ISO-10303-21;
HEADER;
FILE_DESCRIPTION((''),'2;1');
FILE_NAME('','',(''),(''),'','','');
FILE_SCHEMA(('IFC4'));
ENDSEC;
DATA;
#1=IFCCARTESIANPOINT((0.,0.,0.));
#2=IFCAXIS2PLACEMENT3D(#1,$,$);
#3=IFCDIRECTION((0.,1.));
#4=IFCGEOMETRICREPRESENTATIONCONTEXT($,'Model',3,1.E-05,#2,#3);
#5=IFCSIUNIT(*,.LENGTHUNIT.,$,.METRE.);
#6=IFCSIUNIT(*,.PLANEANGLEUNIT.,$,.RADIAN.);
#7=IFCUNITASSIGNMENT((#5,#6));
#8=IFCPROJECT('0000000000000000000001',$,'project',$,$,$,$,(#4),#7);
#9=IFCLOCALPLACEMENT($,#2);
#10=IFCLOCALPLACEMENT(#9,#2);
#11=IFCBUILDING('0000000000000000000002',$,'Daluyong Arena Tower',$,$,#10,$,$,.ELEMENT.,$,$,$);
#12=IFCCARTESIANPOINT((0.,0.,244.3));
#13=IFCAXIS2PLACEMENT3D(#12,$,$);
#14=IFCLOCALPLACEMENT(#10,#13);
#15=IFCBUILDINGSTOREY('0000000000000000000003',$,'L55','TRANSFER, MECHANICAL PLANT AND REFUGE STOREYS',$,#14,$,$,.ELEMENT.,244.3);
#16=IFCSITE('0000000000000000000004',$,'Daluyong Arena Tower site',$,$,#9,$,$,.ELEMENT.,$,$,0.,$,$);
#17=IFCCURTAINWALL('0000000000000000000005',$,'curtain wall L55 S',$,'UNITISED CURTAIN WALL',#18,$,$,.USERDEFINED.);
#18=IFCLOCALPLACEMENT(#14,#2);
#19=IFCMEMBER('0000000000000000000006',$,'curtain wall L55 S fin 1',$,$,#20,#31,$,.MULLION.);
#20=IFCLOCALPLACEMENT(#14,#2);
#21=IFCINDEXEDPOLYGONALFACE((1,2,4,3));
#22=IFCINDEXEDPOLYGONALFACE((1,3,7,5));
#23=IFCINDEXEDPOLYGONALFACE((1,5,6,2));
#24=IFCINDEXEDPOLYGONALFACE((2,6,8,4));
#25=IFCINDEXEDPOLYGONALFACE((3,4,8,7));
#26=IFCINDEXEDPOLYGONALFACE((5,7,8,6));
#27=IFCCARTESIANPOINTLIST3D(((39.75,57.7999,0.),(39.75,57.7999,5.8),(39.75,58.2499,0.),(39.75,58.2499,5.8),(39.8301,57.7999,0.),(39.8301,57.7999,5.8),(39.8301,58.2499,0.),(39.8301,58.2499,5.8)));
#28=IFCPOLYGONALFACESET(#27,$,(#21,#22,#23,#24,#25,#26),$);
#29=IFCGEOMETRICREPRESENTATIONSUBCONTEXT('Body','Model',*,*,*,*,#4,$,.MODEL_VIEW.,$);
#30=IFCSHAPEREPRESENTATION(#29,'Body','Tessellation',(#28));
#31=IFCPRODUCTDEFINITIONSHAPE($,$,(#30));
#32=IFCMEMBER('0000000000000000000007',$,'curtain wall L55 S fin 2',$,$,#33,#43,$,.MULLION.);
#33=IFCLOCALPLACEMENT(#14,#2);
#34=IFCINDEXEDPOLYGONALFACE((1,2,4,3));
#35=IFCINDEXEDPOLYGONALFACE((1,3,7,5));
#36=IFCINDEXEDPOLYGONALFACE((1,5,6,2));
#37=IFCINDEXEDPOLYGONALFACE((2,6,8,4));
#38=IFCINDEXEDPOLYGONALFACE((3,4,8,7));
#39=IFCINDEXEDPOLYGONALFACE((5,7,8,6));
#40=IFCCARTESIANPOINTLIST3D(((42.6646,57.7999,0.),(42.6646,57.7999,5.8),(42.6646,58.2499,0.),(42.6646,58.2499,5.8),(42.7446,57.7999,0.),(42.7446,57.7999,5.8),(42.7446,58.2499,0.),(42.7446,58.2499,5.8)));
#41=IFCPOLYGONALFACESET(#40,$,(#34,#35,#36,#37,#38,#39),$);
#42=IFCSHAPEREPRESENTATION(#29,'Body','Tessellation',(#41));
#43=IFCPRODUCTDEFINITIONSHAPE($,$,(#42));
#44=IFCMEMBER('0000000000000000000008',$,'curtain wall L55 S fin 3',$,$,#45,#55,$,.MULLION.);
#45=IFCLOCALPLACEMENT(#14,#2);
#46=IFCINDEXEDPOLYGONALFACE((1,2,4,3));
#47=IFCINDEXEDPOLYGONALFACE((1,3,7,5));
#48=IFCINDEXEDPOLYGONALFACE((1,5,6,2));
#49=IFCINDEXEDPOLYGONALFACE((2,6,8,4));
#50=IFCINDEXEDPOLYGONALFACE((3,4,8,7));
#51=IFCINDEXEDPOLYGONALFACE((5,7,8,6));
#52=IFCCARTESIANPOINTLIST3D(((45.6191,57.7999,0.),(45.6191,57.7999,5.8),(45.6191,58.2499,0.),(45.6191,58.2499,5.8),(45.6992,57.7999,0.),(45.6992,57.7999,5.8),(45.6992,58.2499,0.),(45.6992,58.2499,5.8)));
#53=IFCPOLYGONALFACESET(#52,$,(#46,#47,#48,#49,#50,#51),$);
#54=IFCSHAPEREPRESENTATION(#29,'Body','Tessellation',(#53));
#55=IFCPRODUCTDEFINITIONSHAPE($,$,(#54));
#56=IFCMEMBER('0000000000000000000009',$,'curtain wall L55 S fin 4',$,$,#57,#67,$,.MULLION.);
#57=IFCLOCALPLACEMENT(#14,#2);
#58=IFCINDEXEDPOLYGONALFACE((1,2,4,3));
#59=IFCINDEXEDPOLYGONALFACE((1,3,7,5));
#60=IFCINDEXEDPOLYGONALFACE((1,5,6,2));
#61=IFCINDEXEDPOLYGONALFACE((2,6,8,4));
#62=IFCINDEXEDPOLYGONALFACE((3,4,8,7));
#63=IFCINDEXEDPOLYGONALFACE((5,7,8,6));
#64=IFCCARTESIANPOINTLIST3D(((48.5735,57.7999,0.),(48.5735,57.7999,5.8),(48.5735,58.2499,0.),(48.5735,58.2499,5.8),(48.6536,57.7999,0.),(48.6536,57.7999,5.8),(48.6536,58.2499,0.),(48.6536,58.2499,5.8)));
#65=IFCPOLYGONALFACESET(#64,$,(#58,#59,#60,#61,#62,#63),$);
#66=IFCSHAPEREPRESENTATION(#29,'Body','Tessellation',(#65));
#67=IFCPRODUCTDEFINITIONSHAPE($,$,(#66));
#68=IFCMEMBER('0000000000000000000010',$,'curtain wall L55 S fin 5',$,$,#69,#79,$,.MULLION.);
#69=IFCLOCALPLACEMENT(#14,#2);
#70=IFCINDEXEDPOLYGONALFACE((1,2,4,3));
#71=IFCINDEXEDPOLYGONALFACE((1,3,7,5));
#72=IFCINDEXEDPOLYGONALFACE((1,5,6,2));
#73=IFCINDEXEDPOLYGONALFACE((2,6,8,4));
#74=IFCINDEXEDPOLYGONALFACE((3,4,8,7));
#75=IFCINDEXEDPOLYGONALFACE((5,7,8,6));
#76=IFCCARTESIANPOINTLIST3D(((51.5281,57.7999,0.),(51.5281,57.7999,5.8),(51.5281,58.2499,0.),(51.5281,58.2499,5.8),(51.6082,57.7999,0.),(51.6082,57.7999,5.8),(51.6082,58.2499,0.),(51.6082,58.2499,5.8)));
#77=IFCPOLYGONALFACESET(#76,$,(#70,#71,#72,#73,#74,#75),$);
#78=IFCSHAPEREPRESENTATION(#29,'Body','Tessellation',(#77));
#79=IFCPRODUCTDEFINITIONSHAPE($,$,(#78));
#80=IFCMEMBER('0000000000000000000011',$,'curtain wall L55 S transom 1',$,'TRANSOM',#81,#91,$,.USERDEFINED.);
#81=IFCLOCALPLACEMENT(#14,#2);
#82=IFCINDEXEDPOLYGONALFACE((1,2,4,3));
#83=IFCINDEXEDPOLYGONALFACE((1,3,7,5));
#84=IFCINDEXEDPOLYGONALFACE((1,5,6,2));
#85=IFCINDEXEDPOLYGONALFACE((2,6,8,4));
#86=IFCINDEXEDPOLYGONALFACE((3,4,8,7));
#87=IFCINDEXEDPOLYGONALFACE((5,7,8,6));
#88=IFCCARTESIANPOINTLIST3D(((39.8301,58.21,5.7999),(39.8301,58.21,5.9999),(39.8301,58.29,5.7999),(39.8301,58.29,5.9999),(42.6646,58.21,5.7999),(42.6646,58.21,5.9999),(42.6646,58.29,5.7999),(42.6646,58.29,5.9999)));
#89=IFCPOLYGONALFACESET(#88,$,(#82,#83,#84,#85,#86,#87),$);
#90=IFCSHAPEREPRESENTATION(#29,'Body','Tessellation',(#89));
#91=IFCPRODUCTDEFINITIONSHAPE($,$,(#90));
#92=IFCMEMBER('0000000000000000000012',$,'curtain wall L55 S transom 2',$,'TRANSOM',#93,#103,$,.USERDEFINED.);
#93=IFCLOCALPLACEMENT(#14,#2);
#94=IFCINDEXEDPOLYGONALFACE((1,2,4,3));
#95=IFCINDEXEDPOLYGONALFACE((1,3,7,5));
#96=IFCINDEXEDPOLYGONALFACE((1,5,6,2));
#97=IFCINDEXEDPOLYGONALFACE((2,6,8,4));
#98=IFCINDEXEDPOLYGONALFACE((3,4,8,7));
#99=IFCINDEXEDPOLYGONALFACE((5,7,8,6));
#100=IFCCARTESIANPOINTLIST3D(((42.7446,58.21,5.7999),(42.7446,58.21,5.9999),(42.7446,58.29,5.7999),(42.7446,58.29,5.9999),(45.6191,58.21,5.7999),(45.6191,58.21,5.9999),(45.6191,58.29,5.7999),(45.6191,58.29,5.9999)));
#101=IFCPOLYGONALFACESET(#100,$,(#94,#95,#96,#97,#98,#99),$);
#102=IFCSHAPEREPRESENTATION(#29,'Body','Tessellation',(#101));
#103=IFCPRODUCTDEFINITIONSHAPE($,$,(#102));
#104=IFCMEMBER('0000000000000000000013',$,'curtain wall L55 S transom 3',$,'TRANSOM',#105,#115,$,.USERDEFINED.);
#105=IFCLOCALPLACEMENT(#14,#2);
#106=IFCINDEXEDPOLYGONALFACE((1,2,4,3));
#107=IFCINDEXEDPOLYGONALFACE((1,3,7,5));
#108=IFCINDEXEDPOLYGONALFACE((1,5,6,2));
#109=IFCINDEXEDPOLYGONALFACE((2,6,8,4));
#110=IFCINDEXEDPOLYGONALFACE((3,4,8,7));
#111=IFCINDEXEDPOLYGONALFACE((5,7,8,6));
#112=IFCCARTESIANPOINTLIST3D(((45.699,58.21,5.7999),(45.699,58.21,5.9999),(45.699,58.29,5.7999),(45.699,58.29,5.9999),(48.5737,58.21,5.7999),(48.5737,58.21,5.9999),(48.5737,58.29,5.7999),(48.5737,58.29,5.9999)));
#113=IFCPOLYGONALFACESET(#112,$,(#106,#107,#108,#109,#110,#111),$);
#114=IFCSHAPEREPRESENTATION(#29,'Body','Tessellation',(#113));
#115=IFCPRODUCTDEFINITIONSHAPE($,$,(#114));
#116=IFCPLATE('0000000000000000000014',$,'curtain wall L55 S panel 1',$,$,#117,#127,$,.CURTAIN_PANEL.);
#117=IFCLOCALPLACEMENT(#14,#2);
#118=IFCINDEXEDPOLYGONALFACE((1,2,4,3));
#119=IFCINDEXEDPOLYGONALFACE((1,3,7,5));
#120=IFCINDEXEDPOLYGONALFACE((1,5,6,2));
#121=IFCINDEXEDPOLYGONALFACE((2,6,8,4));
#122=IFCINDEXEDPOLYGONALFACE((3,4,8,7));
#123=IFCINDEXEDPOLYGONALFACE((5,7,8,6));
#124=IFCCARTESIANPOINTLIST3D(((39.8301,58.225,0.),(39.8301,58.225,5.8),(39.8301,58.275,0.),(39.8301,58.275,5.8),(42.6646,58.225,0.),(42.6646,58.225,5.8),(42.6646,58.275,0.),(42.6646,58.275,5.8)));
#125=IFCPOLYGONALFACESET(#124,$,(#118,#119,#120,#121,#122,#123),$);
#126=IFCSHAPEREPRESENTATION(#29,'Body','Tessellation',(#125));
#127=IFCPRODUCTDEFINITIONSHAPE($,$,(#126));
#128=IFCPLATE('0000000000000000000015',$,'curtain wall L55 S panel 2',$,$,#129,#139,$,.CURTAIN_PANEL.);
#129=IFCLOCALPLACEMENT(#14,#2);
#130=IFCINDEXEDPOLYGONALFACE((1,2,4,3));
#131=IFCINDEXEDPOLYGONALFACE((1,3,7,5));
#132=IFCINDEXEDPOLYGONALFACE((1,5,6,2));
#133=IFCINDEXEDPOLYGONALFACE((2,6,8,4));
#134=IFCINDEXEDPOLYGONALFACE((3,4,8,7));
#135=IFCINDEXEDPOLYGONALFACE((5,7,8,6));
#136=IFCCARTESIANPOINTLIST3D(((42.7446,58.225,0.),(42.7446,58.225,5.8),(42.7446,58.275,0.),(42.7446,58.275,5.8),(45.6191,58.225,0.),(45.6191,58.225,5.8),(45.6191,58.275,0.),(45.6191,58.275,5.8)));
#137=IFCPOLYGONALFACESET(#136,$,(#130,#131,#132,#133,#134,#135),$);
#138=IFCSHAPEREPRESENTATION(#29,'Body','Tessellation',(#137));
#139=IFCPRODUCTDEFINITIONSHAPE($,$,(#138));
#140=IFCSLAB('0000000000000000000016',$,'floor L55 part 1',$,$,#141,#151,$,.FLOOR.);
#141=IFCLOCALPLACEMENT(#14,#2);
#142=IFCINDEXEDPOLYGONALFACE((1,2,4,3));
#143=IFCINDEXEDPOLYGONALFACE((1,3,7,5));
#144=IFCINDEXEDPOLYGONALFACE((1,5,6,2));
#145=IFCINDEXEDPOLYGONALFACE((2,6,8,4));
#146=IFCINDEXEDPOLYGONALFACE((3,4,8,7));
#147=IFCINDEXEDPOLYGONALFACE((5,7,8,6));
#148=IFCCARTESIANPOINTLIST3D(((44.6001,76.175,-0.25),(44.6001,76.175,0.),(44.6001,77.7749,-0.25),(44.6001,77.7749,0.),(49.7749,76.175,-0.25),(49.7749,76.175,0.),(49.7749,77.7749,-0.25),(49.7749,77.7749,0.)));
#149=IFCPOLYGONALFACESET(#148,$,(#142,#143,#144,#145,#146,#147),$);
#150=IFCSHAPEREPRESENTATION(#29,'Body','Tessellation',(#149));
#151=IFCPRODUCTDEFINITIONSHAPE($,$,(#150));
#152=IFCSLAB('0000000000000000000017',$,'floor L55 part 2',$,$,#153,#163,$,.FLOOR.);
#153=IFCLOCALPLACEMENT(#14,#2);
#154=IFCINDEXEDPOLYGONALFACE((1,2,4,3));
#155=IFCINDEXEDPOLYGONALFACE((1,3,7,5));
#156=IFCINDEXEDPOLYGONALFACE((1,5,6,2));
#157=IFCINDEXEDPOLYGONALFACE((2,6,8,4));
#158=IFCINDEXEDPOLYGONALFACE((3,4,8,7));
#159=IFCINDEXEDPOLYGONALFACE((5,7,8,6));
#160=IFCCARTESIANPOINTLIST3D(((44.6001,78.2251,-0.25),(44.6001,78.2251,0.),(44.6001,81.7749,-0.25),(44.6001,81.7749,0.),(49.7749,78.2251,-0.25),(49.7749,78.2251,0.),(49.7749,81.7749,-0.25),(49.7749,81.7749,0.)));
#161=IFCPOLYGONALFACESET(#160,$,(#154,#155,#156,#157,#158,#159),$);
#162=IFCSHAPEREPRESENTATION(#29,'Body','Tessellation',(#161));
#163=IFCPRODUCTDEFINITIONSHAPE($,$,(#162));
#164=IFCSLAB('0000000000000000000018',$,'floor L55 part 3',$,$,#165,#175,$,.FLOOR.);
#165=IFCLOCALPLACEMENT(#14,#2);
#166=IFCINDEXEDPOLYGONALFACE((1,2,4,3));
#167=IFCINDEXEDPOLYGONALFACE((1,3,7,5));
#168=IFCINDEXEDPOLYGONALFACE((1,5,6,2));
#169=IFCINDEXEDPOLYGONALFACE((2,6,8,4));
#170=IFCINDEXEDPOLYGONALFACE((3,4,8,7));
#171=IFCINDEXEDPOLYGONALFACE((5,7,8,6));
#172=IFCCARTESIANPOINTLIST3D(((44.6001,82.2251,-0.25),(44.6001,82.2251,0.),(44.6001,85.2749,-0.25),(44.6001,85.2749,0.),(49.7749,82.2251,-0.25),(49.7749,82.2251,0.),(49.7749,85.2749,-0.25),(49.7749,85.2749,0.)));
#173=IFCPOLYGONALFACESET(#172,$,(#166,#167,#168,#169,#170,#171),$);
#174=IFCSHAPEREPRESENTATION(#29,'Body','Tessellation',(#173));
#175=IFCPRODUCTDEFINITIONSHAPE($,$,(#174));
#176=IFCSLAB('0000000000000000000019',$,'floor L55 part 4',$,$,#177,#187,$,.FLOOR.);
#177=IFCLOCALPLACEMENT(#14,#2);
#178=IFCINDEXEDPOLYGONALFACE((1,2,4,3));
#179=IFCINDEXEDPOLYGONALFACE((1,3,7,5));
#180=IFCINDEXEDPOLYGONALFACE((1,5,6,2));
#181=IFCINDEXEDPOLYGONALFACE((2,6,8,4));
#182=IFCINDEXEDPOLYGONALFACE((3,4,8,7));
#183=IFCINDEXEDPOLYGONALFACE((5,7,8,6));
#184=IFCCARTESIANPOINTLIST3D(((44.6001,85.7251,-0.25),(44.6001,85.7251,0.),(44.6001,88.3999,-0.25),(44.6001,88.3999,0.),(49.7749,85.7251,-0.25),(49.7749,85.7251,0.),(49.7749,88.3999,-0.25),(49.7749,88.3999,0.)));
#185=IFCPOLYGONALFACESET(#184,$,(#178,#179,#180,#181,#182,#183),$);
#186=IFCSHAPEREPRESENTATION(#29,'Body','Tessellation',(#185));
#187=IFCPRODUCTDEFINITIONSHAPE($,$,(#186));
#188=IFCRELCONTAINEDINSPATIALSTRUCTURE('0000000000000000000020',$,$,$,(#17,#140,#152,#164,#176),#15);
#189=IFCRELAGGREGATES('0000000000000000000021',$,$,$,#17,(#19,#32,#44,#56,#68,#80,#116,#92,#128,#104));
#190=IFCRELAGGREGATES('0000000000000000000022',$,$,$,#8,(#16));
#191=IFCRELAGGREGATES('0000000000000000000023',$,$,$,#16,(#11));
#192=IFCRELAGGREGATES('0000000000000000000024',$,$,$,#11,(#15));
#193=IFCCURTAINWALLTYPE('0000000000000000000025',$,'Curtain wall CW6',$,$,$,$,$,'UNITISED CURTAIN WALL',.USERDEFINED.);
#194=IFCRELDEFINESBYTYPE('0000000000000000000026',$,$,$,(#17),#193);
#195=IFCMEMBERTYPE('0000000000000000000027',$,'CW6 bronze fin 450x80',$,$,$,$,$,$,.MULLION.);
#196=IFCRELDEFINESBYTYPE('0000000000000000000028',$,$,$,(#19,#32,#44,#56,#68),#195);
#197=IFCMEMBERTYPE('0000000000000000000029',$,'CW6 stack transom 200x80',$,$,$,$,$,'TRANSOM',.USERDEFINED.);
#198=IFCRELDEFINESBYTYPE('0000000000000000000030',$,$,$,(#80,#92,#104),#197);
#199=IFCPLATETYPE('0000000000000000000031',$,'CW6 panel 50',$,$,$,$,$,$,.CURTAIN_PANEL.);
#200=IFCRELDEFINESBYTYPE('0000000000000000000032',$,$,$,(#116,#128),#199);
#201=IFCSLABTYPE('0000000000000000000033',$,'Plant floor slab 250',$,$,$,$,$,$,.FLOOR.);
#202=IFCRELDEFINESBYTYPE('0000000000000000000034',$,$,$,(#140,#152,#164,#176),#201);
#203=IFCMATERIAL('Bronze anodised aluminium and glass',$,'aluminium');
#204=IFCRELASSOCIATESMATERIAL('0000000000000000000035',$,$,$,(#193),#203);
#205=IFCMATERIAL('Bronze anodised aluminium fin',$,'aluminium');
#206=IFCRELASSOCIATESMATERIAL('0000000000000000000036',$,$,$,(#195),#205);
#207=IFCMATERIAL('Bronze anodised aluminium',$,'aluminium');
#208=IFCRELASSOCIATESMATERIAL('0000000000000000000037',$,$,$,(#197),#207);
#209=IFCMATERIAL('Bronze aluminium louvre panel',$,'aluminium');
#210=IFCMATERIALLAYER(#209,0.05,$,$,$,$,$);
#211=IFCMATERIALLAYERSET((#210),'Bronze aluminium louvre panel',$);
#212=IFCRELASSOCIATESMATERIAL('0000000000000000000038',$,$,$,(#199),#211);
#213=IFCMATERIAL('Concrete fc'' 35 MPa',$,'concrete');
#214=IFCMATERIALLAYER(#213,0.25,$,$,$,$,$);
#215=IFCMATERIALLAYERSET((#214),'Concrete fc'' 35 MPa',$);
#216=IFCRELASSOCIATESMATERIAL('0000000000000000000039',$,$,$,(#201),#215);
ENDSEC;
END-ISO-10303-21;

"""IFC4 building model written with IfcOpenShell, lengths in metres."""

from ifc_helpers import new_model, si_unit, direction, frame, origin, origin_2d, place, context, subcontext, project, spatial, polyline, rectangle, outline, extrude, material, layer, layer_set, material_profile, profile_set, type_object, element, aggregate, save


model = new_model("IFC4")

# Units and contexts
model_context = context("Model", 3, precision=1e-05, world=origin(), true_north=direction((0.0, 1.0)))
body_context = subcontext(model_context, "Body", "Model", "MODEL_VIEW")
ifc_project = project(units=[si_unit("LENGTHUNIT", "METRE"), si_unit("PLANEANGLEUNIT", "RADIAN")], contexts=[model_context])

# Site, building, storey
site_placement = place(None, origin())
site = spatial("IfcSite", under=ifc_project, at=site_placement, Name="Daluyong Arena Tower site", CompositionType="ELEMENT", RefElevation=0.0)
building_placement = place(site_placement, origin())
building = spatial("IfcBuilding", under=site, at=building_placement, Name="Daluyong Arena Tower", CompositionType="ELEMENT")
storey_placement = place(building_placement, frame((0.0, 0.0, 244.3)))
storey = spatial("IfcBuildingStorey", under=building, at=storey_placement, Name="L55", Description="TRANSFER, MECHANICAL PLANT AND REFUGE STOREYS", CompositionType="ELEMENT", Elevation=244.3)

# Curtain wall, members, plates
ifc_material_1 = material(Name="Bronze anodised aluminium and glass", Category="aluminium")
curtain_wall_type = type_object("IfcCurtainWallType", Name="Curtain wall CW6", ElementType="UNITISED CURTAIN WALL", PredefinedType="USERDEFINED", material=ifc_material_1)
curtain_wall_placement = place(storey_placement, origin())
curtain_wall = element("IfcCurtainWall", 1, at=curtain_wall_placement, inside=storey, type_object=curtain_wall_type, Name="curtain wall L55 S", ObjectType="UNITISED CURTAIN WALL", PredefinedType="USERDEFINED")
ifc_material_2 = material(Name="Bronze anodised aluminium fin", Category="aluminium")
ifc_material_profile_1 = material_profile(ifc_material_2, rectangle(XDim=0.45, YDim=0.0801, at=origin_2d()))
ifc_profile_set_1 = profile_set([ifc_material_profile_1], Name="Bronze anodised aluminium fin")
member_type_1 = type_object("IfcMemberType", Name="CW6 bronze fin 450x80", PredefinedType="MULLION", material=ifc_profile_set_1)
member_1_placement = place(storey_placement, frame((39.79, 58.0249, 0.0), z_axis=(0.0, 0.0, 1.0), x_axis=(0.0, 1.0, 0.0)))
member_1 = element("IfcMember", 2, at=member_1_placement, type_object=member_type_1, Name="curtain wall L55 S fin 1", PredefinedType="MULLION", context=body_context, shape_type="SweptSolid", body=[
    extrude(rectangle(XDim=0.45, YDim=0.0801, at=origin_2d()), origin(), (0.0, 0.0, 1.0), 5.8),
])
member_2_placement = place(storey_placement, frame((42.7046, 58.0249, 0.0), z_axis=(0.0, 0.0, 1.0), x_axis=(0.0, 1.0, 0.0)))
member_2 = element("IfcMember", 3, at=member_2_placement, type_object=member_type_1, Name="curtain wall L55 S fin 2", PredefinedType="MULLION", context=body_context, shape_type="SweptSolid", body=[
    extrude(rectangle(XDim=0.45, YDim=0.0801, at=origin_2d()), origin(), (0.0, 0.0, 1.0), 5.8),
])
member_3_placement = place(storey_placement, frame((45.6592, 58.0249, 0.0), z_axis=(0.0, 0.0, 1.0), x_axis=(0.0, 1.0, 0.0)))
member_3 = element("IfcMember", 4, at=member_3_placement, type_object=member_type_1, Name="curtain wall L55 S fin 3", PredefinedType="MULLION", context=body_context, shape_type="SweptSolid", body=[
    extrude(rectangle(XDim=0.45, YDim=0.0801, at=origin_2d()), origin(), (0.0, 0.0, 1.0), 5.8),
])
member_4_placement = place(storey_placement, frame((48.6135, 58.0249, 0.0), z_axis=(0.0, 0.0, 1.0), x_axis=(0.0, 1.0, 0.0)))
member_4 = element("IfcMember", 5, at=member_4_placement, type_object=member_type_1, Name="curtain wall L55 S fin 4", PredefinedType="MULLION", context=body_context, shape_type="SweptSolid", body=[
    extrude(rectangle(XDim=0.45, YDim=0.0801, at=origin_2d()), origin(), (0.0, 0.0, 1.0), 5.8),
])
member_5_placement = place(storey_placement, frame((51.5681, 58.0249, 0.0), z_axis=(0.0, 0.0, 1.0), x_axis=(0.0, 1.0, 0.0)))
member_5 = element("IfcMember", 6, at=member_5_placement, type_object=member_type_1, Name="curtain wall L55 S fin 5", PredefinedType="MULLION", context=body_context, shape_type="SweptSolid", body=[
    extrude(rectangle(XDim=0.45, YDim=0.0801, at=origin_2d()), origin(), (0.0, 0.0, 1.0), 5.8),
])
ifc_material_3 = material(Name="Bronze anodised aluminium", Category="aluminium")
ifc_material_profile_2 = material_profile(ifc_material_3, rectangle(XDim=0.0801, YDim=0.2, at=origin_2d()))
ifc_profile_set_2 = profile_set([ifc_material_profile_2], Name="Bronze anodised aluminium")
member_type_2 = type_object("IfcMemberType", Name="CW6 stack transom 200x80", ElementType="TRANSOM", PredefinedType="USERDEFINED", material=ifc_profile_set_2)
member_6_placement = place(storey_placement, frame((39.8301, 58.25, 5.8999), z_axis=(1.0, 0.0, 0.0), x_axis=(0.0, 1.0, 0.0)))
member_6 = element("IfcMember", 7, at=member_6_placement, type_object=member_type_2, Name="curtain wall L55 S transom 1", ObjectType="TRANSOM", PredefinedType="USERDEFINED", context=body_context, shape_type="SweptSolid", body=[
    extrude(rectangle(XDim=0.0801, YDim=0.2, at=origin_2d()), origin(), (0.0, 0.0, 1.0), 2.8345),
])
member_7_placement = place(storey_placement, frame((42.7446, 58.25, 5.8999), z_axis=(1.0, 0.0, 0.0), x_axis=(0.0, 1.0, 0.0)))
member_7 = element("IfcMember", 8, at=member_7_placement, type_object=member_type_2, Name="curtain wall L55 S transom 2", ObjectType="TRANSOM", PredefinedType="USERDEFINED", context=body_context, shape_type="SweptSolid", body=[
    extrude(rectangle(XDim=0.0801, YDim=0.2, at=origin_2d()), origin(), (0.0, 0.0, 1.0), 2.8745),
])
member_8_placement = place(storey_placement, frame((45.699, 58.25, 5.8999), z_axis=(1.0, 0.0, 0.0), x_axis=(0.0, 1.0, 0.0)))
member_8 = element("IfcMember", 9, at=member_8_placement, type_object=member_type_2, Name="curtain wall L55 S transom 3", ObjectType="TRANSOM", PredefinedType="USERDEFINED", context=body_context, shape_type="SweptSolid", body=[
    extrude(rectangle(XDim=0.0801, YDim=0.2, at=origin_2d()), origin(), (0.0, 0.0, 1.0), 2.8748),
])
ifc_material_4 = material(Name="Bronze aluminium louvre panel", Category="aluminium")
ifc_layer_1 = layer(ifc_material_4, 0.05)
ifc_layer_set_1 = layer_set([ifc_layer_1], Name="Bronze aluminium louvre panel")
plate_type = type_object("IfcPlateType", Name="CW6 panel 50", PredefinedType="CURTAIN_PANEL", material=ifc_layer_set_1)
plate_1_placement = place(storey_placement, frame((41.2473, 58.25, 0.0), z_axis=(0.0, 0.0, 1.0), x_axis=(1.0, 0.0, 0.0)))
plate_1 = element("IfcPlate", 10, at=plate_1_placement, type_object=plate_type, Name="curtain wall L55 S panel 1", PredefinedType="CURTAIN_PANEL", context=body_context, shape_type="SweptSolid", body=[
    extrude(rectangle(XDim=2.8345, YDim=0.05, at=origin_2d()), origin(), (0.0, 0.0, 1.0), 5.8),
])
plate_2_placement = place(storey_placement, frame((44.1819, 58.25, 0.0), z_axis=(0.0, 0.0, 1.0), x_axis=(1.0, 0.0, 0.0)))
plate_2 = element("IfcPlate", 11, at=plate_2_placement, type_object=plate_type, Name="curtain wall L55 S panel 2", PredefinedType="CURTAIN_PANEL", context=body_context, shape_type="SweptSolid", body=[
    extrude(rectangle(XDim=2.8745, YDim=0.05, at=origin_2d()), origin(), (0.0, 0.0, 1.0), 5.8),
])
aggregate(curtain_wall, [member_1, member_2, member_3, member_4, member_5, member_6, plate_1, member_7, plate_2, member_8])

# Slabs
ifc_material_5 = material(Name="Concrete fc' 35 MPa", Category="concrete")
ifc_layer_2 = layer(ifc_material_5, 0.25)
ifc_layer_set_2 = layer_set([ifc_layer_2], Name="Concrete fc' 35 MPa")
slab_type_1 = type_object("IfcSlabType", Name="Plant floor slab 250", PredefinedType="FLOOR", material=ifc_layer_set_2)
slab_1_placement = place(storey_placement, frame((0.0, 0.0, -0.25)))
element("IfcSlab", 12, at=slab_1_placement, inside=storey, type_object=slab_type_1, Name="floor L55 part 1", PredefinedType="FLOOR", context=body_context, shape_type="SweptSolid", body=[
    extrude(outline(polyline([(49.7749, 77.7749), (44.6001, 77.7749), (44.6001, 76.175), (49.7749, 76.175), (49.7749, 77.7749)])), origin(), (0.0, 0.0, 1.0), 0.25),
])
slab_2_placement = place(storey_placement, frame((0.0, 0.0, -0.25)))
element("IfcSlab", 13, at=slab_2_placement, inside=storey, type_object=slab_type_1, Name="floor L55 part 2", PredefinedType="FLOOR", context=body_context, shape_type="SweptSolid", body=[
    extrude(outline(polyline([(49.7749, 78.2251), (49.7749, 81.7749), (44.6001, 81.7749), (44.6001, 78.2251), (49.7749, 78.2251)])), origin(), (0.0, 0.0, 1.0), 0.25),
])
slab_3_placement = place(storey_placement, frame((0.0, 0.0, -0.25)))
element("IfcSlab", 14, at=slab_3_placement, inside=storey, type_object=slab_type_1, Name="floor L55 part 3", PredefinedType="FLOOR", context=body_context, shape_type="SweptSolid", body=[
    extrude(outline(polyline([(44.6001, 85.2749), (44.6001, 82.2251), (49.7749, 82.2251), (49.7749, 85.2749), (44.6001, 85.2749)])), origin(), (0.0, 0.0, 1.0), 0.25),
])
slab_4_placement = place(storey_placement, frame((0.0, 0.0, -0.25)))
element("IfcSlab", 15, at=slab_4_placement, inside=storey, type_object=slab_type_1, Name="floor L55 part 4", PredefinedType="FLOOR", context=body_context, shape_type="SweptSolid", body=[
    extrude(outline(polyline([(44.6001, 88.3999), (44.6001, 85.7251), (49.7749, 85.7251), (49.7749, 88.3999), (44.6001, 88.3999)])), origin(), (0.0, 0.0, 1.0), 0.25),
])

save(model, "model.ifc")
